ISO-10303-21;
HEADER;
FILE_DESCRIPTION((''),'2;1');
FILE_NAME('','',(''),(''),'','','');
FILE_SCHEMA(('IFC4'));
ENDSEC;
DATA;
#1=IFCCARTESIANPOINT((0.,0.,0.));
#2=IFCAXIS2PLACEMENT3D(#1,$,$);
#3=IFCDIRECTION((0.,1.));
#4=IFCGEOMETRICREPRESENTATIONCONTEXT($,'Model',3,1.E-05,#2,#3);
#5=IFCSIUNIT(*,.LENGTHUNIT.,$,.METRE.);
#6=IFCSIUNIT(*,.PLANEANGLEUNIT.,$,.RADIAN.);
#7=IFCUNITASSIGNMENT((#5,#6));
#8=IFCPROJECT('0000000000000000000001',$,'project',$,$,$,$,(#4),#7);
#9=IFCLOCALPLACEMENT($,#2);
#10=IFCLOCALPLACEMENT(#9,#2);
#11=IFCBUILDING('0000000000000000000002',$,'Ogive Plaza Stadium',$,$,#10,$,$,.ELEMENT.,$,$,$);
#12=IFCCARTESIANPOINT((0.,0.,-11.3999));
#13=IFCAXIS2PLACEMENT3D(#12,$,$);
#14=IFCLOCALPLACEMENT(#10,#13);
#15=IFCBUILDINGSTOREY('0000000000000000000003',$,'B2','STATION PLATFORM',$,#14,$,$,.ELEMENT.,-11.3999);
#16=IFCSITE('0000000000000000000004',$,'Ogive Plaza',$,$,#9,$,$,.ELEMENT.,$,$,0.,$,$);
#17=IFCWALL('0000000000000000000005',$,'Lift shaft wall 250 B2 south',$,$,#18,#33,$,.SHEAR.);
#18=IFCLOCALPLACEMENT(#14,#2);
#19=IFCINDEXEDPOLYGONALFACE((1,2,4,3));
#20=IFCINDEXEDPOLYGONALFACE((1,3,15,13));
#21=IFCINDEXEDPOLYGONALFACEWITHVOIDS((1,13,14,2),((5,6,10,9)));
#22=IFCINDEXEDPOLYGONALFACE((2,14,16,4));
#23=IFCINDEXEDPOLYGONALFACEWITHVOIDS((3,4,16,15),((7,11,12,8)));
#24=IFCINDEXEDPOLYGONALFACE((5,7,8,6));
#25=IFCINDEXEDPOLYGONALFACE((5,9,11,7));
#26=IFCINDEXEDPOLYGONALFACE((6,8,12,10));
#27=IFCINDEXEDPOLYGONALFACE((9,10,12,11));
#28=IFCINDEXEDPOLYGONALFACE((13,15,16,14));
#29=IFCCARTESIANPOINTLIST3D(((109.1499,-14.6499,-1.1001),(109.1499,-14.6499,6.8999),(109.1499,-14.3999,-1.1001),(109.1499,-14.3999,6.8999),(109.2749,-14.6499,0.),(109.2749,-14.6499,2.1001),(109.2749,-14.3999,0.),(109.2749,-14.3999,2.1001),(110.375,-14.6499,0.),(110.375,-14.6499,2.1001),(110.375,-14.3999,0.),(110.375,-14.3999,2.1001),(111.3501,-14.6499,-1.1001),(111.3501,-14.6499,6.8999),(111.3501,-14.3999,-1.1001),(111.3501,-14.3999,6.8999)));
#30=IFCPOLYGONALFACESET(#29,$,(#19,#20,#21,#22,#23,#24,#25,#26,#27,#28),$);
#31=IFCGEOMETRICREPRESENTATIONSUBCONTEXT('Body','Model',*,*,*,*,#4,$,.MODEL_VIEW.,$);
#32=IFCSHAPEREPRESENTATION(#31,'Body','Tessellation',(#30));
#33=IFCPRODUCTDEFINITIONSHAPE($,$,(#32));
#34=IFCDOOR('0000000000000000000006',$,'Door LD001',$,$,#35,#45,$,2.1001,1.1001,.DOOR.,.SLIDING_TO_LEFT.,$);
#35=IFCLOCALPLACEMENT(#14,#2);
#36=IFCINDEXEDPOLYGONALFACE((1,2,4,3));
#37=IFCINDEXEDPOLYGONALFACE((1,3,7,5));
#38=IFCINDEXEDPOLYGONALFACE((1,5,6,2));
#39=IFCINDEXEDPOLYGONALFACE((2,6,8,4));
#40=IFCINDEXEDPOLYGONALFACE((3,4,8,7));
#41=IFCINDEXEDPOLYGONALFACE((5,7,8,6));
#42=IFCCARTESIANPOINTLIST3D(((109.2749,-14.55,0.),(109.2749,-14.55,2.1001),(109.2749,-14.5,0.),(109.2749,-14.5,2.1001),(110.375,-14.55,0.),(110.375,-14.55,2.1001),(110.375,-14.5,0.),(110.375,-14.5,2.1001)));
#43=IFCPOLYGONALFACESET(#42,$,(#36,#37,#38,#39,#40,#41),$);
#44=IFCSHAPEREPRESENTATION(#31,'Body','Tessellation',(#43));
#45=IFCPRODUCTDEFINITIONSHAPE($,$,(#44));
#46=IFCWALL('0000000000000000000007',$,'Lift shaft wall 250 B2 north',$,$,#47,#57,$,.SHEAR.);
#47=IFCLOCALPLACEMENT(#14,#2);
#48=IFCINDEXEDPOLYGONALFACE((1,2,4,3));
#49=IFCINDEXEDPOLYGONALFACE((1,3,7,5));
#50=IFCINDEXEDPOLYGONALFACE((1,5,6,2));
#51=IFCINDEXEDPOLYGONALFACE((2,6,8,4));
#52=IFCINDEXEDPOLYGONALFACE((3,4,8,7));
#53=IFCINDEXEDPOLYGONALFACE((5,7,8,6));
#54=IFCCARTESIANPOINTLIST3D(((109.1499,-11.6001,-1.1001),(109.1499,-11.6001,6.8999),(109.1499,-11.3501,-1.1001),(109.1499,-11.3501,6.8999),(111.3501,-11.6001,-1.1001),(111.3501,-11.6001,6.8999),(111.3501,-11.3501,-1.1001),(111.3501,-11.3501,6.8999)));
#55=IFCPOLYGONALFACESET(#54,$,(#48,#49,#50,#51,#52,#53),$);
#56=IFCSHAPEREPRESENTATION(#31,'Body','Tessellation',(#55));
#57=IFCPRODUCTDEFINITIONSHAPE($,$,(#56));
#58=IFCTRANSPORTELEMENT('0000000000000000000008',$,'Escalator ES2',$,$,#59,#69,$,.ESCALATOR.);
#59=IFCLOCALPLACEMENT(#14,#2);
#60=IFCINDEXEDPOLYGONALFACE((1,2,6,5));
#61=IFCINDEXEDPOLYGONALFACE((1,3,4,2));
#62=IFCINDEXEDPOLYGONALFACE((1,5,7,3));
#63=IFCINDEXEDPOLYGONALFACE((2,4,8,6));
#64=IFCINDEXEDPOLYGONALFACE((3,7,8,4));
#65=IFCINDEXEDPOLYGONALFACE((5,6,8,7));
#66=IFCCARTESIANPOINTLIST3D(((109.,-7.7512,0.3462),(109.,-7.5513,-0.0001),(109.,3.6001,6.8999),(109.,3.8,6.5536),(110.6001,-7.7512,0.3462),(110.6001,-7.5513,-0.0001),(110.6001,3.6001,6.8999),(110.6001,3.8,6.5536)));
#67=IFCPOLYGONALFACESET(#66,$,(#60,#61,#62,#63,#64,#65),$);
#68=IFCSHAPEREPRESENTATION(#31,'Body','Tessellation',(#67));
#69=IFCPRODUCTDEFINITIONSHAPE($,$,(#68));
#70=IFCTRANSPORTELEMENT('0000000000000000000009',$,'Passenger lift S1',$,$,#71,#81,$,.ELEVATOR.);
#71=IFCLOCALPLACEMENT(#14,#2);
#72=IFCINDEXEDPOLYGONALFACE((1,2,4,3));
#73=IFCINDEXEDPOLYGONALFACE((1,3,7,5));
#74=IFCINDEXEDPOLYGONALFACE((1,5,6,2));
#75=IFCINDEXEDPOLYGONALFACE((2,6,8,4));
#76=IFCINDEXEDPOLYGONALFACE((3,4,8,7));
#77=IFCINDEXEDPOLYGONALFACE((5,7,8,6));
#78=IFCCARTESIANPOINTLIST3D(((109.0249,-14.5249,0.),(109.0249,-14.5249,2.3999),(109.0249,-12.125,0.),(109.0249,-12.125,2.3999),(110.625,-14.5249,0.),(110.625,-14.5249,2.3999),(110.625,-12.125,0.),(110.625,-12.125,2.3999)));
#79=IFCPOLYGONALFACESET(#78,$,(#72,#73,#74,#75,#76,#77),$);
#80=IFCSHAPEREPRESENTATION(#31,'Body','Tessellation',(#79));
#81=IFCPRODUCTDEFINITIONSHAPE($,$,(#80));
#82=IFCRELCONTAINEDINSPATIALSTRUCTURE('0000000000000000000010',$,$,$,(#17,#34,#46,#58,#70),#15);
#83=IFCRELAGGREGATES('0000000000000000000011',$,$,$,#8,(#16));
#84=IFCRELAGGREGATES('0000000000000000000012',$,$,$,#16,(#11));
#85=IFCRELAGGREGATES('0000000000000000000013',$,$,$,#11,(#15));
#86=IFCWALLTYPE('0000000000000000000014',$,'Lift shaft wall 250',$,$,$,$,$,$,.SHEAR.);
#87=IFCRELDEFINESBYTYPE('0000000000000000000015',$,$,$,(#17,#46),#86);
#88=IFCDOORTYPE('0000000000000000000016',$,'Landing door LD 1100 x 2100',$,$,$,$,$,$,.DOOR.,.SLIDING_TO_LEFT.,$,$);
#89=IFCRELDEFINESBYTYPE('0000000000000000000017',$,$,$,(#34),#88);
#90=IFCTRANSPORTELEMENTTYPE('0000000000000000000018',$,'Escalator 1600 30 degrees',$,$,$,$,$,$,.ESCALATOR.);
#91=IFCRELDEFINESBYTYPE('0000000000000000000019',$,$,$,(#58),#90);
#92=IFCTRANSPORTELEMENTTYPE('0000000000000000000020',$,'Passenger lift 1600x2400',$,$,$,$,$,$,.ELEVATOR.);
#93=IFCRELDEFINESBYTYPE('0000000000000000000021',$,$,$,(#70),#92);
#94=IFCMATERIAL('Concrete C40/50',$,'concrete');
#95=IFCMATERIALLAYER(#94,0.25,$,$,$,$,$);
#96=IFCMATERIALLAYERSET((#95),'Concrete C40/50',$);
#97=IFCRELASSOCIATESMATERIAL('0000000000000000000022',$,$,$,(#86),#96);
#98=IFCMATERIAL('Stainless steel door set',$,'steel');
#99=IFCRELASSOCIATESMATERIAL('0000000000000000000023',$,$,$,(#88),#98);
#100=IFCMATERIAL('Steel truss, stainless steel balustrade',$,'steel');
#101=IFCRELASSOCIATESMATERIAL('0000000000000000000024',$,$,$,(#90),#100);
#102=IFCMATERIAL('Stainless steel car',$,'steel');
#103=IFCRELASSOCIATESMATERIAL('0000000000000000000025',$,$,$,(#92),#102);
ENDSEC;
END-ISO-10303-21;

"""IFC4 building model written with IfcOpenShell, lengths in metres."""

from ifc_helpers import new_model, si_unit, direction, frame, frame_2d, origin, origin_2d, place, context, subcontext, project, spatial, polyline, rectangle, outline, extrude, material, layer, layer_set, type_object, element, fill, save


model = new_model("IFC4")

# Units and contexts
model_context = context("Model", 3, precision=1e-05, world=origin(), true_north=direction((0.0, 1.0)))
body_context = subcontext(model_context, "Body", "Model", "MODEL_VIEW")
ifc_project = project(units=[si_unit("LENGTHUNIT", "METRE"), si_unit("PLANEANGLEUNIT", "RADIAN")], contexts=[model_context])

# Site, building, storey
site_placement = place(None, origin())
site = spatial("IfcSite", under=ifc_project, at=site_placement, Name="Ogive Plaza", CompositionType="ELEMENT", RefElevation=0.0)
building_placement = place(site_placement, origin())
building = spatial("IfcBuilding", under=site, at=building_placement, Name="Ogive Plaza Stadium", CompositionType="ELEMENT")
storey_placement = place(building_placement, frame((0.0, 0.0, -11.3999)))
storey = spatial("IfcBuildingStorey", under=building, at=storey_placement, Name="B2", Description="STATION PLATFORM", CompositionType="ELEMENT", Elevation=-11.3999)

# Shared definitions
ifc_material_1 = material(Name="Concrete C40/50", Category="concrete")
ifc_layer_1 = layer(ifc_material_1, 0.25)
ifc_layer_set_1 = layer_set([ifc_layer_1], Name="Concrete C40/50")
wall_type_1 = type_object("IfcWallType", Name="Lift shaft wall 250", PredefinedType="SHEAR", material=ifc_layer_set_1)

# Wall, opening, door
wall_1_placement = place(storey_placement, frame((109.1499, -14.5249, -1.1001), z_axis=(0.0, 0.0, 1.0), x_axis=(1.0, 0.0, 0.0)))
wall_1 = element("IfcWall", 1, at=wall_1_placement, inside=storey, type_object=wall_type_1, Name="Lift shaft wall 250 B2 south", PredefinedType="SHEAR", context=body_context, shape_type="SweptSolid", body=[
    extrude(rectangle(XDim=2.2002, YDim=0.25, at=frame_2d((1.1001, 0.0))), origin(), (0.0, 0.0, 1.0), 8.0),
])
opening_1_placement = place(wall_1_placement, frame((0.125, 0.0, 1.1001)))
opening_1 = element("IfcOpeningElement", 2, at=opening_1_placement, cuts=wall_1, PredefinedType="OPENING", context=body_context, shape_type="SweptSolid", body=[
    extrude(rectangle(XDim=1.1001, YDim=2.1001, at=frame_2d((0.55, 1.05))), frame((0.0, 0.125, 0.0), z_axis=(0.0, -1.0, 0.0), x_axis=(1.0, 0.0, 0.0)), (0.0, 0.0, 1.0), 0.25),
])
ifc_material_2 = material(Name="Stainless steel door set", Category="steel")
door_type = type_object("IfcDoorType", Name="Landing door LD 1100 x 2100", OperationType="SLIDING_TO_LEFT", PredefinedType="DOOR", material=ifc_material_2)
door_placement = place(opening_1_placement, origin())
door = element("IfcDoor", 3, at=door_placement, inside=storey, type_object=door_type, Name="Door LD001", OperationType="SLIDING_TO_LEFT", OverallHeight=2.1001, OverallWidth=1.1001, PredefinedType="DOOR", context=body_context, shape_type="SweptSolid", body=[
    extrude(rectangle(XDim=1.1001, YDim=2.1001, at=frame_2d((0.55, 1.05))), frame((0.0, 0.0249, 0.0), z_axis=(0.0, -1.0, 0.0), x_axis=(1.0, 0.0, 0.0)), (0.0, 0.0, 1.0), 0.05),
])
fill(opening_1, door)

# Wall
wall_2_placement = place(storey_placement, frame((109.1499, -11.4751, -1.1001), z_axis=(0.0, 0.0, 1.0), x_axis=(1.0, 0.0, 0.0)))
element("IfcWall", 4, at=wall_2_placement, inside=storey, type_object=wall_type_1, Name="Lift shaft wall 250 B2 north", PredefinedType="SHEAR", context=body_context, shape_type="SweptSolid", body=[
    extrude(rectangle(XDim=2.2002, YDim=0.25, at=frame_2d((1.1001, 0.0))), origin(), (0.0, 0.0, 1.0), 8.0),
])

# Transport elements
ifc_material_3 = material(Name="Steel truss, stainless steel balustrade", Category="steel")
transport_element_type_1 = type_object("IfcTransportElementType", Name="Escalator 1600 30 degrees", PredefinedType="ESCALATOR", material=ifc_material_3)
transport_element_1_placement = place(storey_placement, frame((109.0, -7.7512, 0.3462), z_axis=(0.0, -0.500001, 0.866025), x_axis=(1.0, 0.0, 0.0)))
element("IfcTransportElement", 5, at=transport_element_1_placement, inside=storey, type_object=transport_element_type_1, Name="Escalator ES2", PredefinedType="ESCALATOR", context=body_context, shape_type="SweptSolid", body=[
    extrude(outline(polyline([(0.0, 0.0), (1.6001, 0.0), (1.6001, 13.1074), (0.0, 13.1074), (0.0, 0.0)])), origin(), (0.0, 0.0, -1.0), 0.3999),
])
ifc_material_4 = material(Name="Stainless steel car", Category="steel")
transport_element_type_2 = type_object("IfcTransportElementType", Name="Passenger lift 1600x2400", PredefinedType="ELEVATOR", material=ifc_material_4)
transport_element_2_placement = place(storey_placement, frame((109.825, -13.325, 0.0), z_axis=(0.0, 0.0, 1.0), x_axis=(1.0, 0.0, 0.0)))
element("IfcTransportElement", 6, at=transport_element_2_placement, inside=storey, type_object=transport_element_type_2, Name="Passenger lift S1", PredefinedType="ELEVATOR", context=body_context, shape_type="SweptSolid", body=[
    extrude(rectangle(XDim=1.6001, YDim=2.3999, at=origin_2d()), origin(), (0.0, 0.0, 1.0), 2.3999),
])

save(model, "model.ifc")
